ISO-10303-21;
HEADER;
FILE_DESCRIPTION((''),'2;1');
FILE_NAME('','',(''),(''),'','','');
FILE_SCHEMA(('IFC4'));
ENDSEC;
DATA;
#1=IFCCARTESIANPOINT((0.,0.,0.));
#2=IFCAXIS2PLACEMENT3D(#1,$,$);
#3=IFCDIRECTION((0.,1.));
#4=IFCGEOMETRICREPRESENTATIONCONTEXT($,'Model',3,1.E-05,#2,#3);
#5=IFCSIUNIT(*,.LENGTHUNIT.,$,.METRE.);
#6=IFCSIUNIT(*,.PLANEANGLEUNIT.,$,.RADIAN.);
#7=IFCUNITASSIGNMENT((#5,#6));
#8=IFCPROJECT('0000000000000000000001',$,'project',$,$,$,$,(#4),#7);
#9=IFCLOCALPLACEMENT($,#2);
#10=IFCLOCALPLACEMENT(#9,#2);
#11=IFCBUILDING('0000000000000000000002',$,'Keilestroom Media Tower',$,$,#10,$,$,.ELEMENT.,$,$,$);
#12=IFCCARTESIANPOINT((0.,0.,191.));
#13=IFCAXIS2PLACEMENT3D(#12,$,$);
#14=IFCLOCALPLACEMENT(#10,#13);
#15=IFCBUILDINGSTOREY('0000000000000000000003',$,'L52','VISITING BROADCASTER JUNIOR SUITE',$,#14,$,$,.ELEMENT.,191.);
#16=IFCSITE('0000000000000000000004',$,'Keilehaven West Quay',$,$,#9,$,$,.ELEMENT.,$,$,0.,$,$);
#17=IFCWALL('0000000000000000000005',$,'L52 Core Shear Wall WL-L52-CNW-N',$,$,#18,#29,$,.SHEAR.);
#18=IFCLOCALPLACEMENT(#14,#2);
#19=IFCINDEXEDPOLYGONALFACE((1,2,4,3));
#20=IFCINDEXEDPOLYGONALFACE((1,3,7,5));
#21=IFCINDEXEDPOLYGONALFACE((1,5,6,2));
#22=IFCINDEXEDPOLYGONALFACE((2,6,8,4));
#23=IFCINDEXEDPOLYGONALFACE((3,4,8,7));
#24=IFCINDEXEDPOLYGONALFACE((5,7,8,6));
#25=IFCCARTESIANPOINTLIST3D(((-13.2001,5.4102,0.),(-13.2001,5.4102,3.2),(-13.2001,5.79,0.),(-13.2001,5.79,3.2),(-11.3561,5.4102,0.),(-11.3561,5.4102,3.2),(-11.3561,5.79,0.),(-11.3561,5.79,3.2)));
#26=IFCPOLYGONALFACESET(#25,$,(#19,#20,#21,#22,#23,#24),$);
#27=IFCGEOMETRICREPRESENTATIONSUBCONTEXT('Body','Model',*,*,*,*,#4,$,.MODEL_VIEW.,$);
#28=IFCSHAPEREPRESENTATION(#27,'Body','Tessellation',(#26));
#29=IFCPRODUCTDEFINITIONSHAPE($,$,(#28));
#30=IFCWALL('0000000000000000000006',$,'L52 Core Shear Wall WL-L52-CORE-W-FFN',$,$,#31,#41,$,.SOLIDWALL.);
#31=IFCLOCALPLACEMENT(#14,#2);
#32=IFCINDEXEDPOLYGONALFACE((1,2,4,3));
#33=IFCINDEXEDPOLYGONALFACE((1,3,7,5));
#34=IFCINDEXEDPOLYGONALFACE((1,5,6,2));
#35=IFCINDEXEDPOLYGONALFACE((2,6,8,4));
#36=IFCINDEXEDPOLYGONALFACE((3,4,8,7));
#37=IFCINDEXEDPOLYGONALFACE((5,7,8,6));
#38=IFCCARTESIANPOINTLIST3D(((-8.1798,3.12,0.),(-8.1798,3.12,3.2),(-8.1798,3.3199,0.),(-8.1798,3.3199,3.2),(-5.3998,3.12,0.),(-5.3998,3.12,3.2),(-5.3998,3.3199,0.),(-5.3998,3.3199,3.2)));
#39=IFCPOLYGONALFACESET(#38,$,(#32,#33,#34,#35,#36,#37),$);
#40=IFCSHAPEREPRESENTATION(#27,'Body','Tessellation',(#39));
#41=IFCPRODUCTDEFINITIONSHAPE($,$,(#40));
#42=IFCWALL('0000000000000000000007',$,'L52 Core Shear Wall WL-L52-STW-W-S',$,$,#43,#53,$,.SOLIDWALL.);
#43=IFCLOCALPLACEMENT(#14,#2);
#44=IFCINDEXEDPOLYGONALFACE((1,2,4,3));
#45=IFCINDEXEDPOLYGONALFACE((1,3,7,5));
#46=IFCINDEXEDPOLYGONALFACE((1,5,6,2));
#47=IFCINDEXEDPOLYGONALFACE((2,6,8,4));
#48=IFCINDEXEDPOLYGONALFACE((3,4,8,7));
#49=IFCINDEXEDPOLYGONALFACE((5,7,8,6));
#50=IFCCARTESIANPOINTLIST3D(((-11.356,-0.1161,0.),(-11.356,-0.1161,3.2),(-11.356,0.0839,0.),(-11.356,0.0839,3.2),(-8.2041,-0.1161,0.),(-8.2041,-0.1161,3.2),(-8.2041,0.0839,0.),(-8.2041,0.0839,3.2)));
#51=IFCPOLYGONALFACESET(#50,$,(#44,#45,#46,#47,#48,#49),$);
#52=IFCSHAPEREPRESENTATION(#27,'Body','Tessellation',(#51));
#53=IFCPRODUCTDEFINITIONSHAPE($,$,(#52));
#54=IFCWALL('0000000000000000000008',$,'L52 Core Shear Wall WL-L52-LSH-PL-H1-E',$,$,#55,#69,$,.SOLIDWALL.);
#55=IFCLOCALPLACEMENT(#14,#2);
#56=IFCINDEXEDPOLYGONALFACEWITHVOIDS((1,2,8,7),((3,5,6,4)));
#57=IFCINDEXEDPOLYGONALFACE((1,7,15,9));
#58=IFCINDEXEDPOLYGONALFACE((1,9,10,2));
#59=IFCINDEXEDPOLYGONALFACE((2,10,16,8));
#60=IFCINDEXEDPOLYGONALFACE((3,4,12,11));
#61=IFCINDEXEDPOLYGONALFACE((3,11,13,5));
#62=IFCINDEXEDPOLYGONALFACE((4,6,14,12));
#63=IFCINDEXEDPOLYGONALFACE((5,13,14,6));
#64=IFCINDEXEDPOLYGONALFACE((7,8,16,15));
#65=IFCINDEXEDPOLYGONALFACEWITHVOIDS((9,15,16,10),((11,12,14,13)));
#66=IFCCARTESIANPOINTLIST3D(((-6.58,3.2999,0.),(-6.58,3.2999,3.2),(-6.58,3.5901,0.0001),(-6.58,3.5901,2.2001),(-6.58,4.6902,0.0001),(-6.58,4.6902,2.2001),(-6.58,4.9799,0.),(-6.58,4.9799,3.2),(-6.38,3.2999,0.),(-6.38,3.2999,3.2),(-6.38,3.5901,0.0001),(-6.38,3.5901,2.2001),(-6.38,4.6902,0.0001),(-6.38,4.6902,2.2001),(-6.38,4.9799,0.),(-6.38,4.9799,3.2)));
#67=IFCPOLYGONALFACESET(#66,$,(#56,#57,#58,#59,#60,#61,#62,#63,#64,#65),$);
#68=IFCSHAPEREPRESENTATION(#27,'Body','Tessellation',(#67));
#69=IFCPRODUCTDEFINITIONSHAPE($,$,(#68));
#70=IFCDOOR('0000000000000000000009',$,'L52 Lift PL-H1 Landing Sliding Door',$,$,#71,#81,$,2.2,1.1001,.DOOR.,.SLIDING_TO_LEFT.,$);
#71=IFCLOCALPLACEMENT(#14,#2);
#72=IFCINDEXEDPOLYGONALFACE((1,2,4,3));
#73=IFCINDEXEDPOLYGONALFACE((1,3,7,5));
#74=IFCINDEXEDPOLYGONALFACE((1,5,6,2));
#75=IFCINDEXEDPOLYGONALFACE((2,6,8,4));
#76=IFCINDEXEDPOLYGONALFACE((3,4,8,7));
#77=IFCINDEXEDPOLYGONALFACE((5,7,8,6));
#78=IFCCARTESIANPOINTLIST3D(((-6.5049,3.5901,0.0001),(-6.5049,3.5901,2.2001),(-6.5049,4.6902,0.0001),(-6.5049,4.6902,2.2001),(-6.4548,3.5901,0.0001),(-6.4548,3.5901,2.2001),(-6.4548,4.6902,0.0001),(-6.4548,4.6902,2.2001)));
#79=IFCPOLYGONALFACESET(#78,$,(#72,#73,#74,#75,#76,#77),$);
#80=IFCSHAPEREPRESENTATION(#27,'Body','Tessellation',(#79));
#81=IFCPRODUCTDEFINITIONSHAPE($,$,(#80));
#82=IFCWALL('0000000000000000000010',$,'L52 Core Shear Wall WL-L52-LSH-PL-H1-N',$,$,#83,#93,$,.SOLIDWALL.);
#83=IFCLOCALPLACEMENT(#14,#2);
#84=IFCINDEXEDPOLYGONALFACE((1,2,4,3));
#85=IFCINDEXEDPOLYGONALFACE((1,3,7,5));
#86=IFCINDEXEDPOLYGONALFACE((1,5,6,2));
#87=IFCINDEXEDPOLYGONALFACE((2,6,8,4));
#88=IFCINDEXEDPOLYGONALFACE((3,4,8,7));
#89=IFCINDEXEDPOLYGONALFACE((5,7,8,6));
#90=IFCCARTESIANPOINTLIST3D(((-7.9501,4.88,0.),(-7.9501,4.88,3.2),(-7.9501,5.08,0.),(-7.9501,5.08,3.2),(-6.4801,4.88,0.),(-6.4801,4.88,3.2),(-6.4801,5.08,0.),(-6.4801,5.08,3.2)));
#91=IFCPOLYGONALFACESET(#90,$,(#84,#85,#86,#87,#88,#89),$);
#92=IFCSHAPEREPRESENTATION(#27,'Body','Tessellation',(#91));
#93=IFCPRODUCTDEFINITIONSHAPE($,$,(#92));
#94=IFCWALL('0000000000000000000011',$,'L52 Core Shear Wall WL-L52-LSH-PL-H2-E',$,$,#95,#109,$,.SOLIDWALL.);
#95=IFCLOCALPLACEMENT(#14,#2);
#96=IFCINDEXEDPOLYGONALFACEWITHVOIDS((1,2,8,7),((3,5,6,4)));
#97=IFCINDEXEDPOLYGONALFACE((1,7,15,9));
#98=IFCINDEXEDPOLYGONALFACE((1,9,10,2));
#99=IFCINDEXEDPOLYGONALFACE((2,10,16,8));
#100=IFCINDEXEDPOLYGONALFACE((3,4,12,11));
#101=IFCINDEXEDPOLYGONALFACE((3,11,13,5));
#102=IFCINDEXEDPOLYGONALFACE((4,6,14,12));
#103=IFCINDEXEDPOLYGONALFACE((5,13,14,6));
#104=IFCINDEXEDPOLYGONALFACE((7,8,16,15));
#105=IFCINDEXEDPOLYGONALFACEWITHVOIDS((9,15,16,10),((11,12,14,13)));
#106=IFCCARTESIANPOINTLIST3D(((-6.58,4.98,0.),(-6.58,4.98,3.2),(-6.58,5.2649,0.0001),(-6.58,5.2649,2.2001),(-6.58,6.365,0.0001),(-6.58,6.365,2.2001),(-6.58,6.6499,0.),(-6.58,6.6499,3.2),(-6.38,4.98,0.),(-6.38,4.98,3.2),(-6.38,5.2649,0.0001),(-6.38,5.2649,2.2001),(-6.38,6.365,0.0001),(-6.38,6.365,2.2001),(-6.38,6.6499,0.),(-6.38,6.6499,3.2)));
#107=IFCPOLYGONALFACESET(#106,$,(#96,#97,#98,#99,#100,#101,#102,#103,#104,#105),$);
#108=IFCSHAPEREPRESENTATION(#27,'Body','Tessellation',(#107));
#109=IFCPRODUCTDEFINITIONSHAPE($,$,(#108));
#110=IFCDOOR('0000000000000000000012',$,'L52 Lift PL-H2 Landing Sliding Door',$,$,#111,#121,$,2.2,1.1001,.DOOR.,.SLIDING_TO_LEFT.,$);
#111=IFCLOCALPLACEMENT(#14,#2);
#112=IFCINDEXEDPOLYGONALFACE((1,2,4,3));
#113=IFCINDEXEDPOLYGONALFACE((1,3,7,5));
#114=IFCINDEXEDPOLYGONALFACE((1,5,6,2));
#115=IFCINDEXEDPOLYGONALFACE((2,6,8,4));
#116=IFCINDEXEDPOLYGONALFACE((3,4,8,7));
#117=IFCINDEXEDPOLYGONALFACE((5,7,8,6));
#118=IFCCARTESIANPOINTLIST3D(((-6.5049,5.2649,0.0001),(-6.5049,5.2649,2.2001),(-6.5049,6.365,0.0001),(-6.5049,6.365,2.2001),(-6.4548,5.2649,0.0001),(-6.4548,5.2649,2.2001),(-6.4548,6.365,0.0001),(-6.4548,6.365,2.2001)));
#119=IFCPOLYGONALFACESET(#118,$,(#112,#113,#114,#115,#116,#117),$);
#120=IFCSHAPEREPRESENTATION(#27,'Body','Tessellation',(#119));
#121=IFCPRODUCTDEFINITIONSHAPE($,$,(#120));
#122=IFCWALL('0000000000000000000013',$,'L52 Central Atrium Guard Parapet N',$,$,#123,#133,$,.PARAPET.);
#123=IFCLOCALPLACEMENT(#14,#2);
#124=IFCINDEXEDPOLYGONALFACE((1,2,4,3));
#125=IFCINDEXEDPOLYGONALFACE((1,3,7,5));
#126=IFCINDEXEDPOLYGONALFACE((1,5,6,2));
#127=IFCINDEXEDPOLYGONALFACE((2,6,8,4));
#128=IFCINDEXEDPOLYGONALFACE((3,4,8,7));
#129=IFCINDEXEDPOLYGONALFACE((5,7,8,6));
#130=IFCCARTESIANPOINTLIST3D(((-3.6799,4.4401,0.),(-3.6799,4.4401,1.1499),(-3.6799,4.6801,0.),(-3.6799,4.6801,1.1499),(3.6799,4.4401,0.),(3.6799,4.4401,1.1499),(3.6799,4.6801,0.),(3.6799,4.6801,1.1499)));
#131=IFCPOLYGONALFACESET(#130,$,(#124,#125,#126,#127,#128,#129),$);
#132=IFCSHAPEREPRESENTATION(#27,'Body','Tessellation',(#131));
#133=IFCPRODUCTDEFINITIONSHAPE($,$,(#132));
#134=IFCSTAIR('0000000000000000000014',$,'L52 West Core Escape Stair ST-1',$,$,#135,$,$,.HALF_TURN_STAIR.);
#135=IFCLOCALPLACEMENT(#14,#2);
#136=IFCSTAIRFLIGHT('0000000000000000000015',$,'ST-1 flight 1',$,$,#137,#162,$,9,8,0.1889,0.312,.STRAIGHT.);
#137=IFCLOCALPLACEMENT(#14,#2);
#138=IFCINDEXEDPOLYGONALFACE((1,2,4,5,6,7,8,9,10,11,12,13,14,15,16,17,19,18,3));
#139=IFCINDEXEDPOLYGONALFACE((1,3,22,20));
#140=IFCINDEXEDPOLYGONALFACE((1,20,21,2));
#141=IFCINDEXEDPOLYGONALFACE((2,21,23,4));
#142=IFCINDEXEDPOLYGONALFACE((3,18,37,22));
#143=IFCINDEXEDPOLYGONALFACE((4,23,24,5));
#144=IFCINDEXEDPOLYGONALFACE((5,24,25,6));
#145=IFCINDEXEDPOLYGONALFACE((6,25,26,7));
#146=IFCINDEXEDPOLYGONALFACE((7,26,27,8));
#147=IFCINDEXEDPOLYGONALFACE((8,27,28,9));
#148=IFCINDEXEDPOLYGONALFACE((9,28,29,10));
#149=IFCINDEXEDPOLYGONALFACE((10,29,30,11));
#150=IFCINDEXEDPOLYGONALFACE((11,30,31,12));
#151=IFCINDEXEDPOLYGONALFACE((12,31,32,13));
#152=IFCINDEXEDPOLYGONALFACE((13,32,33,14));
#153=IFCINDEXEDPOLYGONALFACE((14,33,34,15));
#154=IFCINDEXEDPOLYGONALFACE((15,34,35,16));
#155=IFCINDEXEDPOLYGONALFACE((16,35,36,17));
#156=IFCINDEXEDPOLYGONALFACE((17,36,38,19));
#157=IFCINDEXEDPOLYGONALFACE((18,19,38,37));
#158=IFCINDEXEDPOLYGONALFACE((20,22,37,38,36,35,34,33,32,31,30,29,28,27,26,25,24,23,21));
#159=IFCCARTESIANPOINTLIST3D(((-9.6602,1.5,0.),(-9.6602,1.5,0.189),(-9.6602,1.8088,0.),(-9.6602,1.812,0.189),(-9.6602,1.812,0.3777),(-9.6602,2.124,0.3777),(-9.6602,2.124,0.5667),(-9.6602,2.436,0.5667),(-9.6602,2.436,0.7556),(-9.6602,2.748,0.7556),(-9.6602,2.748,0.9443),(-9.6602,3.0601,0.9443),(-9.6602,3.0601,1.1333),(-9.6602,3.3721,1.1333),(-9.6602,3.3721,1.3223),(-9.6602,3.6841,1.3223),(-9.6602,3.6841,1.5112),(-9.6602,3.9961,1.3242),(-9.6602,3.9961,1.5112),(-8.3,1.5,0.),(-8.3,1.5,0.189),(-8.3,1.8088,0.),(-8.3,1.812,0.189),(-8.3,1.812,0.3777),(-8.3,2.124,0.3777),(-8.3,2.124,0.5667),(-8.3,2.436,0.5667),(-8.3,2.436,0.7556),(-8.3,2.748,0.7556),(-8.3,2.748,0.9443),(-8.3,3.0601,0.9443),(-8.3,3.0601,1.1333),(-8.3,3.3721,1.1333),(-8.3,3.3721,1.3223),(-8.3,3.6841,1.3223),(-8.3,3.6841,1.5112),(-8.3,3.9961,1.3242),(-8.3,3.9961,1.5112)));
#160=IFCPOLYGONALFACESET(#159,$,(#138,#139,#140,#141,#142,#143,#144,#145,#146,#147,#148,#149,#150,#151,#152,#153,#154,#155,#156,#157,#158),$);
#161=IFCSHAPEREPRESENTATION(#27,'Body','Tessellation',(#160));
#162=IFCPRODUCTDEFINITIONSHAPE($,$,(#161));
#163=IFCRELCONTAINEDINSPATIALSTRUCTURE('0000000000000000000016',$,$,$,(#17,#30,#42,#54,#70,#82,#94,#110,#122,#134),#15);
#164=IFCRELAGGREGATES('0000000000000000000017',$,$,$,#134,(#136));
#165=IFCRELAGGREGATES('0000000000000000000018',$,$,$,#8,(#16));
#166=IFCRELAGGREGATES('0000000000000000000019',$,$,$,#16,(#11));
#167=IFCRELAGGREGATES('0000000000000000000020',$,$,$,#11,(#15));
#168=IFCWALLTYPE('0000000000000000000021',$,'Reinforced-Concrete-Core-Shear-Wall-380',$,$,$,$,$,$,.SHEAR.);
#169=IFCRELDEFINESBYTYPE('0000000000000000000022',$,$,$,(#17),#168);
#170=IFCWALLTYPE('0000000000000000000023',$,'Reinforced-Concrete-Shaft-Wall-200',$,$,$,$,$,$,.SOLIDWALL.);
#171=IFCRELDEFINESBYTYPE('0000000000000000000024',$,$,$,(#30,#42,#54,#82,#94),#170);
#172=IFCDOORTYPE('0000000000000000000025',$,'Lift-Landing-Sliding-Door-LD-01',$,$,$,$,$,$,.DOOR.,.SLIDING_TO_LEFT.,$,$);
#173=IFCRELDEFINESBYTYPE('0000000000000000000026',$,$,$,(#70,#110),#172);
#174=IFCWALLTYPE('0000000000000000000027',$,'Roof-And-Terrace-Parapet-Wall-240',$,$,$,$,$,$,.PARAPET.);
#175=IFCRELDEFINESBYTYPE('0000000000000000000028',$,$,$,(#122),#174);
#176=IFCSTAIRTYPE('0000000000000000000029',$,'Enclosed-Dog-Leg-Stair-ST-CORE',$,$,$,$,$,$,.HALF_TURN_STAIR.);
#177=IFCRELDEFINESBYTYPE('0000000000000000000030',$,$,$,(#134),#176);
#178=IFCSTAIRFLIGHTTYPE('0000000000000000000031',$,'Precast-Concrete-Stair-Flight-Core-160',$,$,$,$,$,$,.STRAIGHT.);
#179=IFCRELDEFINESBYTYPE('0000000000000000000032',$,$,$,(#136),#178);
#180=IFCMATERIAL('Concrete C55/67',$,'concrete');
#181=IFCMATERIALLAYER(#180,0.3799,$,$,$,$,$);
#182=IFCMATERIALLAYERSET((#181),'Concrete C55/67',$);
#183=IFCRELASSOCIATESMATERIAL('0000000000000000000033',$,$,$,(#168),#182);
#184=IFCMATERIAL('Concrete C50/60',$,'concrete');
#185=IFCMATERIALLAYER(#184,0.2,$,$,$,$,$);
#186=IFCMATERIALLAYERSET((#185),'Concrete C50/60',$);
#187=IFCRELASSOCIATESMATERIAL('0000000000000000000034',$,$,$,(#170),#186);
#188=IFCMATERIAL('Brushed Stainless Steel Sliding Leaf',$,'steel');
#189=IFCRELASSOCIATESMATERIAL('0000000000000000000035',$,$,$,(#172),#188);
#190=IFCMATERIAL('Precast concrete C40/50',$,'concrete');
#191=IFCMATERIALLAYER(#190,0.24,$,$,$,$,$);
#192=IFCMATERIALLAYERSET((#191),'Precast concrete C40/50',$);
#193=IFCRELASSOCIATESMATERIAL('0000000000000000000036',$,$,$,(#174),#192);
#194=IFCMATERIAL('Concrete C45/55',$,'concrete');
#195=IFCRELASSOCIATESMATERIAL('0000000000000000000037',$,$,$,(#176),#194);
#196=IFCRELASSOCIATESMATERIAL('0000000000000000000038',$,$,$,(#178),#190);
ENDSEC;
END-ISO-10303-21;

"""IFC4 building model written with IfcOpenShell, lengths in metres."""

from ifc_helpers import new_model, si_unit, direction, frame, frame_2d, origin, place, context, subcontext, project, spatial, polyline, rectangle, outline, extrude, source, transform, mapped, material, layer, layer_set, type_object, element, fill, aggregate, save


model = new_model("IFC4")

# Units and contexts
model_context = context("Model", 3, precision=1e-05, world=origin(), true_north=direction((0.0, 1.0)))
body_context = subcontext(model_context, "Body", "Model", "MODEL_VIEW")
ifc_project = project(units=[si_unit("LENGTHUNIT", "METRE"), si_unit("PLANEANGLEUNIT", "RADIAN")], contexts=[model_context])

# Site, building, storey
site_placement = place(None, origin())
site = spatial("IfcSite", under=ifc_project, at=site_placement, Name="Keilehaven West Quay", CompositionType="ELEMENT", RefElevation=0.0)
building_placement = place(site_placement, origin())
building = spatial("IfcBuilding", under=site, at=building_placement, Name="Keilestroom Media Tower", CompositionType="ELEMENT")
storey_placement = place(building_placement, frame((0.0, 0.0, 191.0)))
storey = spatial("IfcBuildingStorey", under=building, at=storey_placement, Name="L52", Description="VISITING BROADCASTER JUNIOR SUITE", CompositionType="ELEMENT", Elevation=191.0)

# Shared definitions
ifc_material_1 = material(Name="Concrete C50/60", Category="concrete")

# Walls
ifc_material_2 = material(Name="Concrete C55/67", Category="concrete")
ifc_layer_1 = layer(ifc_material_2, 0.3799)
ifc_layer_set_1 = layer_set([ifc_layer_1], Name="Concrete C55/67")
wall_type_1 = type_object("IfcWallType", Name="Reinforced-Concrete-Core-Shear-Wall-380", PredefinedType="SHEAR", material=ifc_layer_set_1)
wall_1_placement = place(storey_placement, frame((-13.2, 5.6001, 0.0), z_axis=(0.0, 0.0, 1.0), x_axis=(1.0, 0.0, 0.0)))
element("IfcWall", 1, at=wall_1_placement, inside=storey, type_object=wall_type_1, Name="L52 Core Shear Wall WL-L52-CNW-N", PredefinedType="SHEAR", context=body_context, shape_type="SweptSolid", body=[
    extrude(rectangle(XDim=1.844, YDim=0.3799, at=frame_2d((0.9219, 0.0))), origin(), (0.0, 0.0, 1.0), 3.2),
])
ifc_layer_2 = layer(ifc_material_1, 0.2)
ifc_layer_set_2 = layer_set([ifc_layer_2], Name="Concrete C50/60")
wall_type_2 = type_object("IfcWallType", Name="Reinforced-Concrete-Shaft-Wall-200", PredefinedType="SOLIDWALL", material=ifc_layer_set_2)
wall_2_placement = place(storey_placement, frame((-8.1799, 3.22, 0.0), z_axis=(0.0, 0.0, 1.0), x_axis=(1.0, 0.0, 0.0)))
element("IfcWall", 2, at=wall_2_placement, inside=storey, type_object=wall_type_2, Name="L52 Core Shear Wall WL-L52-CORE-W-FFN", PredefinedType="SOLIDWALL", context=body_context, shape_type="SweptSolid", body=[
    extrude(rectangle(XDim=2.78, YDim=0.2, at=frame_2d((1.3901, 0.0))), origin(), (0.0, 0.0, 1.0), 3.2),
])
wall_3_placement = place(storey_placement, frame((-11.356, -0.0161, 0.0), z_axis=(0.0, 0.0, 1.0), x_axis=(1.0, 0.0, 0.0)))
element("IfcWall", 3, at=wall_3_placement, inside=storey, type_object=wall_type_2, Name="L52 Core Shear Wall WL-L52-STW-W-S", PredefinedType="SOLIDWALL", context=body_context, shape_type="SweptSolid", body=[
    extrude(rectangle(XDim=3.1519, YDim=0.2, at=frame_2d((1.5759, 0.0))), origin(), (0.0, 0.0, 1.0), 3.2),
])

# Wall, opening, door
wall_4_placement = place(storey_placement, frame((-6.48, 3.3, 0.0), z_axis=(0.0, 0.0, 1.0), x_axis=(0.0, 1.0, 0.0)))
wall_4 = element("IfcWall", 4, at=wall_4_placement, inside=storey, type_object=wall_type_2, Name="L52 Core Shear Wall WL-L52-LSH-PL-H1-E", PredefinedType="SOLIDWALL", context=body_context, shape_type="SweptSolid", body=[
    extrude(rectangle(XDim=1.6799, YDim=0.2, at=frame_2d((0.8398, 0.0))), origin(), (0.0, 0.0, 1.0), 3.2),
])
opening_1_placement = place(wall_4_placement, frame((0.29, 0.0, 0.0)))
opening_1 = element("IfcOpeningElement", 5, at=opening_1_placement, cuts=wall_4, PredefinedType="OPENING", context=body_context, shape_type="SweptSolid", body=[
    extrude(rectangle(XDim=1.1001, YDim=2.2, at=frame_2d((0.55, 1.1001))), frame((0.0, 0.1099, 0.0), z_axis=(0.0, -1.0, 0.0), x_axis=(1.0, 0.0, 0.0)), (0.0, 0.0, 1.0), 0.22),
])
ifc_material_3 = material(Name="Brushed Stainless Steel Sliding Leaf", Category="steel")
door_type = type_object("IfcDoorType", Name="Lift-Landing-Sliding-Door-LD-01", OperationType="SLIDING_TO_LEFT", PredefinedType="DOOR", material=ifc_material_3)
shared_shape_1 = source(origin(), body_context, "Body", "SweptSolid", [
    extrude(rectangle(XDim=1.1001, YDim=2.2, at=frame_2d((0.55, 1.1001))), frame((0.0, 0.0249, 0.0), z_axis=(0.0, -1.0, 0.0), x_axis=(1.0, 0.0, 0.0)), (0.0, 0.0, 1.0), 0.05),
])
door_1_placement = place(opening_1_placement, origin())
door_1 = element("IfcDoor", 6, at=door_1_placement, inside=storey, type_object=door_type, Name="L52 Lift PL-H1 Landing Sliding Door", OperationType="SLIDING_TO_LEFT", OverallHeight=2.2, OverallWidth=1.1001, PredefinedType="DOOR", context=body_context, shape_type="MappedRepresentation", body=[
    mapped(shared_shape_1, transform((0.0, 0.0, 0.0), x_axis=(1.0, 0.0, 0.0), y_axis=(0.0, 1.0, 0.0), z_axis=(0.0, 0.0, 1.0), scale=1.0)),
])
fill(opening_1, door_1)

# Wall
wall_5_placement = place(storey_placement, frame((-7.95, 4.98, 0.0), z_axis=(0.0, 0.0, 1.0), x_axis=(1.0, 0.0, 0.0)))
element("IfcWall", 7, at=wall_5_placement, inside=storey, type_object=wall_type_2, Name="L52 Core Shear Wall WL-L52-LSH-PL-H1-N", PredefinedType="SOLIDWALL", context=body_context, shape_type="SweptSolid", body=[
    extrude(rectangle(XDim=1.47, YDim=0.2, at=frame_2d((0.7349, 0.0))), origin(), (0.0, 0.0, 1.0), 3.2),
])

# Wall, opening, door
wall_6_placement = place(storey_placement, frame((-6.48, 4.98, 0.0), z_axis=(0.0, 0.0, 1.0), x_axis=(0.0, 1.0, 0.0)))
wall_6 = element("IfcWall", 8, at=wall_6_placement, inside=storey, type_object=wall_type_2, Name="L52 Core Shear Wall WL-L52-LSH-PL-H2-E", PredefinedType="SOLIDWALL", context=body_context, shape_type="SweptSolid", body=[
    extrude(rectangle(XDim=1.6699, YDim=0.2, at=frame_2d((0.835, 0.0))), origin(), (0.0, 0.0, 1.0), 3.2),
])
opening_2_placement = place(wall_6_placement, frame((0.2849, 0.0, 0.0)))
opening_2 = element("IfcOpeningElement", 9, at=opening_2_placement, cuts=wall_6, PredefinedType="OPENING", context=body_context, shape_type="SweptSolid", body=[
    extrude(rectangle(XDim=1.1001, YDim=2.2, at=frame_2d((0.55, 1.1001))), frame((0.0, 0.1099, 0.0), z_axis=(0.0, -1.0, 0.0), x_axis=(1.0, 0.0, 0.0)), (0.0, 0.0, 1.0), 0.22),
])
door_2_placement = place(opening_2_placement, origin())
door_2 = element("IfcDoor", 10, at=door_2_placement, inside=storey, type_object=door_type, Name="L52 Lift PL-H2 Landing Sliding Door", OperationType="SLIDING_TO_LEFT", OverallHeight=2.2, OverallWidth=1.1001, PredefinedType="DOOR", context=body_context, shape_type="MappedRepresentation", body=[
    mapped(shared_shape_1, transform((0.0, 0.0, 0.0), x_axis=(1.0, 0.0, 0.0), y_axis=(0.0, 1.0, 0.0), z_axis=(0.0, 0.0, 1.0), scale=1.0)),
])
fill(opening_2, door_2)

# Wall
ifc_material_4 = material(Name="Precast concrete C40/50", Category="concrete")
ifc_layer_3 = layer(ifc_material_4, 0.24)
ifc_layer_set_3 = layer_set([ifc_layer_3], Name="Precast concrete C40/50")
wall_type_3 = type_object("IfcWallType", Name="Roof-And-Terrace-Parapet-Wall-240", PredefinedType="PARAPET", material=ifc_layer_set_3)
wall_7_placement = place(storey_placement, frame((-3.6799, 4.5601, 0.0), z_axis=(0.0, 0.0, 1.0), x_axis=(1.0, 0.0, 0.0)))
element("IfcWall", 11, at=wall_7_placement, inside=storey, type_object=wall_type_3, Name="L52 Central Atrium Guard Parapet N", PredefinedType="PARAPET", context=body_context, shape_type="SweptSolid", body=[
    extrude(rectangle(XDim=7.3599, YDim=0.24, at=frame_2d((3.6799, 0.0))), origin(), (0.0, 0.0, 1.0), 1.1499),
])

# Stair, stair flight
ifc_material_5 = material(Name="Concrete C45/55", Category="concrete")
stair_type = type_object("IfcStairType", Name="Enclosed-Dog-Leg-Stair-ST-CORE", PredefinedType="HALF_TURN_STAIR", material=ifc_material_5)
stair_placement = place(storey_placement, origin())
stair = element("IfcStair", 12, at=stair_placement, inside=storey, type_object=stair_type, Name="L52 West Core Escape Stair ST-1", PredefinedType="HALF_TURN_STAIR")
stair_flight_type = type_object("IfcStairFlightType", Name="Precast-Concrete-Stair-Flight-Core-160", PredefinedType="STRAIGHT", material=ifc_material_4)
stair_flight_1_placement = place(storey_placement, frame((-8.98, 1.5, 0.0), z_axis=(0.0, 0.0, 1.0), x_axis=(0.0, 1.0, 0.0)))
stair_flight_1 = element("IfcStairFlight", 13, at=stair_flight_1_placement, type_object=stair_flight_type, Name="ST-1 flight 1", NumberOfRisers=9, NumberOfTreads=8, PredefinedType="STRAIGHT", RiserHeight=0.1889, TreadLength=0.312, context=body_context, shape_type="SweptSolid", body=[
    extrude(outline(polyline([(0.0, 0.0), (0.0, 0.189), (0.312, 0.189), (0.312, 0.3777), (0.624, 0.3777), (0.624, 0.5667), (0.936, 0.5667), (0.936, 0.7556), (1.248, 0.7556), (1.248, 0.9443), (1.5601, 0.9443), (1.5601, 1.1333), (1.8721, 1.1333), (1.8721, 1.3223), (2.1841, 1.3223), (2.1841, 1.5112), (2.4961, 1.5112), (2.4961, 1.7), (2.4961, 1.3242), (0.3088, 0.0), (0.0, 0.0)])), frame((0.0, 0.6802, 0.0), z_axis=(0.0, -1.0, 0.0), x_axis=(1.0, 0.0, 0.0)), (0.0, 0.0, 1.0), 1.3601),
])
aggregate(stair, [stair_flight_1])

save(model, "model.ifc")
